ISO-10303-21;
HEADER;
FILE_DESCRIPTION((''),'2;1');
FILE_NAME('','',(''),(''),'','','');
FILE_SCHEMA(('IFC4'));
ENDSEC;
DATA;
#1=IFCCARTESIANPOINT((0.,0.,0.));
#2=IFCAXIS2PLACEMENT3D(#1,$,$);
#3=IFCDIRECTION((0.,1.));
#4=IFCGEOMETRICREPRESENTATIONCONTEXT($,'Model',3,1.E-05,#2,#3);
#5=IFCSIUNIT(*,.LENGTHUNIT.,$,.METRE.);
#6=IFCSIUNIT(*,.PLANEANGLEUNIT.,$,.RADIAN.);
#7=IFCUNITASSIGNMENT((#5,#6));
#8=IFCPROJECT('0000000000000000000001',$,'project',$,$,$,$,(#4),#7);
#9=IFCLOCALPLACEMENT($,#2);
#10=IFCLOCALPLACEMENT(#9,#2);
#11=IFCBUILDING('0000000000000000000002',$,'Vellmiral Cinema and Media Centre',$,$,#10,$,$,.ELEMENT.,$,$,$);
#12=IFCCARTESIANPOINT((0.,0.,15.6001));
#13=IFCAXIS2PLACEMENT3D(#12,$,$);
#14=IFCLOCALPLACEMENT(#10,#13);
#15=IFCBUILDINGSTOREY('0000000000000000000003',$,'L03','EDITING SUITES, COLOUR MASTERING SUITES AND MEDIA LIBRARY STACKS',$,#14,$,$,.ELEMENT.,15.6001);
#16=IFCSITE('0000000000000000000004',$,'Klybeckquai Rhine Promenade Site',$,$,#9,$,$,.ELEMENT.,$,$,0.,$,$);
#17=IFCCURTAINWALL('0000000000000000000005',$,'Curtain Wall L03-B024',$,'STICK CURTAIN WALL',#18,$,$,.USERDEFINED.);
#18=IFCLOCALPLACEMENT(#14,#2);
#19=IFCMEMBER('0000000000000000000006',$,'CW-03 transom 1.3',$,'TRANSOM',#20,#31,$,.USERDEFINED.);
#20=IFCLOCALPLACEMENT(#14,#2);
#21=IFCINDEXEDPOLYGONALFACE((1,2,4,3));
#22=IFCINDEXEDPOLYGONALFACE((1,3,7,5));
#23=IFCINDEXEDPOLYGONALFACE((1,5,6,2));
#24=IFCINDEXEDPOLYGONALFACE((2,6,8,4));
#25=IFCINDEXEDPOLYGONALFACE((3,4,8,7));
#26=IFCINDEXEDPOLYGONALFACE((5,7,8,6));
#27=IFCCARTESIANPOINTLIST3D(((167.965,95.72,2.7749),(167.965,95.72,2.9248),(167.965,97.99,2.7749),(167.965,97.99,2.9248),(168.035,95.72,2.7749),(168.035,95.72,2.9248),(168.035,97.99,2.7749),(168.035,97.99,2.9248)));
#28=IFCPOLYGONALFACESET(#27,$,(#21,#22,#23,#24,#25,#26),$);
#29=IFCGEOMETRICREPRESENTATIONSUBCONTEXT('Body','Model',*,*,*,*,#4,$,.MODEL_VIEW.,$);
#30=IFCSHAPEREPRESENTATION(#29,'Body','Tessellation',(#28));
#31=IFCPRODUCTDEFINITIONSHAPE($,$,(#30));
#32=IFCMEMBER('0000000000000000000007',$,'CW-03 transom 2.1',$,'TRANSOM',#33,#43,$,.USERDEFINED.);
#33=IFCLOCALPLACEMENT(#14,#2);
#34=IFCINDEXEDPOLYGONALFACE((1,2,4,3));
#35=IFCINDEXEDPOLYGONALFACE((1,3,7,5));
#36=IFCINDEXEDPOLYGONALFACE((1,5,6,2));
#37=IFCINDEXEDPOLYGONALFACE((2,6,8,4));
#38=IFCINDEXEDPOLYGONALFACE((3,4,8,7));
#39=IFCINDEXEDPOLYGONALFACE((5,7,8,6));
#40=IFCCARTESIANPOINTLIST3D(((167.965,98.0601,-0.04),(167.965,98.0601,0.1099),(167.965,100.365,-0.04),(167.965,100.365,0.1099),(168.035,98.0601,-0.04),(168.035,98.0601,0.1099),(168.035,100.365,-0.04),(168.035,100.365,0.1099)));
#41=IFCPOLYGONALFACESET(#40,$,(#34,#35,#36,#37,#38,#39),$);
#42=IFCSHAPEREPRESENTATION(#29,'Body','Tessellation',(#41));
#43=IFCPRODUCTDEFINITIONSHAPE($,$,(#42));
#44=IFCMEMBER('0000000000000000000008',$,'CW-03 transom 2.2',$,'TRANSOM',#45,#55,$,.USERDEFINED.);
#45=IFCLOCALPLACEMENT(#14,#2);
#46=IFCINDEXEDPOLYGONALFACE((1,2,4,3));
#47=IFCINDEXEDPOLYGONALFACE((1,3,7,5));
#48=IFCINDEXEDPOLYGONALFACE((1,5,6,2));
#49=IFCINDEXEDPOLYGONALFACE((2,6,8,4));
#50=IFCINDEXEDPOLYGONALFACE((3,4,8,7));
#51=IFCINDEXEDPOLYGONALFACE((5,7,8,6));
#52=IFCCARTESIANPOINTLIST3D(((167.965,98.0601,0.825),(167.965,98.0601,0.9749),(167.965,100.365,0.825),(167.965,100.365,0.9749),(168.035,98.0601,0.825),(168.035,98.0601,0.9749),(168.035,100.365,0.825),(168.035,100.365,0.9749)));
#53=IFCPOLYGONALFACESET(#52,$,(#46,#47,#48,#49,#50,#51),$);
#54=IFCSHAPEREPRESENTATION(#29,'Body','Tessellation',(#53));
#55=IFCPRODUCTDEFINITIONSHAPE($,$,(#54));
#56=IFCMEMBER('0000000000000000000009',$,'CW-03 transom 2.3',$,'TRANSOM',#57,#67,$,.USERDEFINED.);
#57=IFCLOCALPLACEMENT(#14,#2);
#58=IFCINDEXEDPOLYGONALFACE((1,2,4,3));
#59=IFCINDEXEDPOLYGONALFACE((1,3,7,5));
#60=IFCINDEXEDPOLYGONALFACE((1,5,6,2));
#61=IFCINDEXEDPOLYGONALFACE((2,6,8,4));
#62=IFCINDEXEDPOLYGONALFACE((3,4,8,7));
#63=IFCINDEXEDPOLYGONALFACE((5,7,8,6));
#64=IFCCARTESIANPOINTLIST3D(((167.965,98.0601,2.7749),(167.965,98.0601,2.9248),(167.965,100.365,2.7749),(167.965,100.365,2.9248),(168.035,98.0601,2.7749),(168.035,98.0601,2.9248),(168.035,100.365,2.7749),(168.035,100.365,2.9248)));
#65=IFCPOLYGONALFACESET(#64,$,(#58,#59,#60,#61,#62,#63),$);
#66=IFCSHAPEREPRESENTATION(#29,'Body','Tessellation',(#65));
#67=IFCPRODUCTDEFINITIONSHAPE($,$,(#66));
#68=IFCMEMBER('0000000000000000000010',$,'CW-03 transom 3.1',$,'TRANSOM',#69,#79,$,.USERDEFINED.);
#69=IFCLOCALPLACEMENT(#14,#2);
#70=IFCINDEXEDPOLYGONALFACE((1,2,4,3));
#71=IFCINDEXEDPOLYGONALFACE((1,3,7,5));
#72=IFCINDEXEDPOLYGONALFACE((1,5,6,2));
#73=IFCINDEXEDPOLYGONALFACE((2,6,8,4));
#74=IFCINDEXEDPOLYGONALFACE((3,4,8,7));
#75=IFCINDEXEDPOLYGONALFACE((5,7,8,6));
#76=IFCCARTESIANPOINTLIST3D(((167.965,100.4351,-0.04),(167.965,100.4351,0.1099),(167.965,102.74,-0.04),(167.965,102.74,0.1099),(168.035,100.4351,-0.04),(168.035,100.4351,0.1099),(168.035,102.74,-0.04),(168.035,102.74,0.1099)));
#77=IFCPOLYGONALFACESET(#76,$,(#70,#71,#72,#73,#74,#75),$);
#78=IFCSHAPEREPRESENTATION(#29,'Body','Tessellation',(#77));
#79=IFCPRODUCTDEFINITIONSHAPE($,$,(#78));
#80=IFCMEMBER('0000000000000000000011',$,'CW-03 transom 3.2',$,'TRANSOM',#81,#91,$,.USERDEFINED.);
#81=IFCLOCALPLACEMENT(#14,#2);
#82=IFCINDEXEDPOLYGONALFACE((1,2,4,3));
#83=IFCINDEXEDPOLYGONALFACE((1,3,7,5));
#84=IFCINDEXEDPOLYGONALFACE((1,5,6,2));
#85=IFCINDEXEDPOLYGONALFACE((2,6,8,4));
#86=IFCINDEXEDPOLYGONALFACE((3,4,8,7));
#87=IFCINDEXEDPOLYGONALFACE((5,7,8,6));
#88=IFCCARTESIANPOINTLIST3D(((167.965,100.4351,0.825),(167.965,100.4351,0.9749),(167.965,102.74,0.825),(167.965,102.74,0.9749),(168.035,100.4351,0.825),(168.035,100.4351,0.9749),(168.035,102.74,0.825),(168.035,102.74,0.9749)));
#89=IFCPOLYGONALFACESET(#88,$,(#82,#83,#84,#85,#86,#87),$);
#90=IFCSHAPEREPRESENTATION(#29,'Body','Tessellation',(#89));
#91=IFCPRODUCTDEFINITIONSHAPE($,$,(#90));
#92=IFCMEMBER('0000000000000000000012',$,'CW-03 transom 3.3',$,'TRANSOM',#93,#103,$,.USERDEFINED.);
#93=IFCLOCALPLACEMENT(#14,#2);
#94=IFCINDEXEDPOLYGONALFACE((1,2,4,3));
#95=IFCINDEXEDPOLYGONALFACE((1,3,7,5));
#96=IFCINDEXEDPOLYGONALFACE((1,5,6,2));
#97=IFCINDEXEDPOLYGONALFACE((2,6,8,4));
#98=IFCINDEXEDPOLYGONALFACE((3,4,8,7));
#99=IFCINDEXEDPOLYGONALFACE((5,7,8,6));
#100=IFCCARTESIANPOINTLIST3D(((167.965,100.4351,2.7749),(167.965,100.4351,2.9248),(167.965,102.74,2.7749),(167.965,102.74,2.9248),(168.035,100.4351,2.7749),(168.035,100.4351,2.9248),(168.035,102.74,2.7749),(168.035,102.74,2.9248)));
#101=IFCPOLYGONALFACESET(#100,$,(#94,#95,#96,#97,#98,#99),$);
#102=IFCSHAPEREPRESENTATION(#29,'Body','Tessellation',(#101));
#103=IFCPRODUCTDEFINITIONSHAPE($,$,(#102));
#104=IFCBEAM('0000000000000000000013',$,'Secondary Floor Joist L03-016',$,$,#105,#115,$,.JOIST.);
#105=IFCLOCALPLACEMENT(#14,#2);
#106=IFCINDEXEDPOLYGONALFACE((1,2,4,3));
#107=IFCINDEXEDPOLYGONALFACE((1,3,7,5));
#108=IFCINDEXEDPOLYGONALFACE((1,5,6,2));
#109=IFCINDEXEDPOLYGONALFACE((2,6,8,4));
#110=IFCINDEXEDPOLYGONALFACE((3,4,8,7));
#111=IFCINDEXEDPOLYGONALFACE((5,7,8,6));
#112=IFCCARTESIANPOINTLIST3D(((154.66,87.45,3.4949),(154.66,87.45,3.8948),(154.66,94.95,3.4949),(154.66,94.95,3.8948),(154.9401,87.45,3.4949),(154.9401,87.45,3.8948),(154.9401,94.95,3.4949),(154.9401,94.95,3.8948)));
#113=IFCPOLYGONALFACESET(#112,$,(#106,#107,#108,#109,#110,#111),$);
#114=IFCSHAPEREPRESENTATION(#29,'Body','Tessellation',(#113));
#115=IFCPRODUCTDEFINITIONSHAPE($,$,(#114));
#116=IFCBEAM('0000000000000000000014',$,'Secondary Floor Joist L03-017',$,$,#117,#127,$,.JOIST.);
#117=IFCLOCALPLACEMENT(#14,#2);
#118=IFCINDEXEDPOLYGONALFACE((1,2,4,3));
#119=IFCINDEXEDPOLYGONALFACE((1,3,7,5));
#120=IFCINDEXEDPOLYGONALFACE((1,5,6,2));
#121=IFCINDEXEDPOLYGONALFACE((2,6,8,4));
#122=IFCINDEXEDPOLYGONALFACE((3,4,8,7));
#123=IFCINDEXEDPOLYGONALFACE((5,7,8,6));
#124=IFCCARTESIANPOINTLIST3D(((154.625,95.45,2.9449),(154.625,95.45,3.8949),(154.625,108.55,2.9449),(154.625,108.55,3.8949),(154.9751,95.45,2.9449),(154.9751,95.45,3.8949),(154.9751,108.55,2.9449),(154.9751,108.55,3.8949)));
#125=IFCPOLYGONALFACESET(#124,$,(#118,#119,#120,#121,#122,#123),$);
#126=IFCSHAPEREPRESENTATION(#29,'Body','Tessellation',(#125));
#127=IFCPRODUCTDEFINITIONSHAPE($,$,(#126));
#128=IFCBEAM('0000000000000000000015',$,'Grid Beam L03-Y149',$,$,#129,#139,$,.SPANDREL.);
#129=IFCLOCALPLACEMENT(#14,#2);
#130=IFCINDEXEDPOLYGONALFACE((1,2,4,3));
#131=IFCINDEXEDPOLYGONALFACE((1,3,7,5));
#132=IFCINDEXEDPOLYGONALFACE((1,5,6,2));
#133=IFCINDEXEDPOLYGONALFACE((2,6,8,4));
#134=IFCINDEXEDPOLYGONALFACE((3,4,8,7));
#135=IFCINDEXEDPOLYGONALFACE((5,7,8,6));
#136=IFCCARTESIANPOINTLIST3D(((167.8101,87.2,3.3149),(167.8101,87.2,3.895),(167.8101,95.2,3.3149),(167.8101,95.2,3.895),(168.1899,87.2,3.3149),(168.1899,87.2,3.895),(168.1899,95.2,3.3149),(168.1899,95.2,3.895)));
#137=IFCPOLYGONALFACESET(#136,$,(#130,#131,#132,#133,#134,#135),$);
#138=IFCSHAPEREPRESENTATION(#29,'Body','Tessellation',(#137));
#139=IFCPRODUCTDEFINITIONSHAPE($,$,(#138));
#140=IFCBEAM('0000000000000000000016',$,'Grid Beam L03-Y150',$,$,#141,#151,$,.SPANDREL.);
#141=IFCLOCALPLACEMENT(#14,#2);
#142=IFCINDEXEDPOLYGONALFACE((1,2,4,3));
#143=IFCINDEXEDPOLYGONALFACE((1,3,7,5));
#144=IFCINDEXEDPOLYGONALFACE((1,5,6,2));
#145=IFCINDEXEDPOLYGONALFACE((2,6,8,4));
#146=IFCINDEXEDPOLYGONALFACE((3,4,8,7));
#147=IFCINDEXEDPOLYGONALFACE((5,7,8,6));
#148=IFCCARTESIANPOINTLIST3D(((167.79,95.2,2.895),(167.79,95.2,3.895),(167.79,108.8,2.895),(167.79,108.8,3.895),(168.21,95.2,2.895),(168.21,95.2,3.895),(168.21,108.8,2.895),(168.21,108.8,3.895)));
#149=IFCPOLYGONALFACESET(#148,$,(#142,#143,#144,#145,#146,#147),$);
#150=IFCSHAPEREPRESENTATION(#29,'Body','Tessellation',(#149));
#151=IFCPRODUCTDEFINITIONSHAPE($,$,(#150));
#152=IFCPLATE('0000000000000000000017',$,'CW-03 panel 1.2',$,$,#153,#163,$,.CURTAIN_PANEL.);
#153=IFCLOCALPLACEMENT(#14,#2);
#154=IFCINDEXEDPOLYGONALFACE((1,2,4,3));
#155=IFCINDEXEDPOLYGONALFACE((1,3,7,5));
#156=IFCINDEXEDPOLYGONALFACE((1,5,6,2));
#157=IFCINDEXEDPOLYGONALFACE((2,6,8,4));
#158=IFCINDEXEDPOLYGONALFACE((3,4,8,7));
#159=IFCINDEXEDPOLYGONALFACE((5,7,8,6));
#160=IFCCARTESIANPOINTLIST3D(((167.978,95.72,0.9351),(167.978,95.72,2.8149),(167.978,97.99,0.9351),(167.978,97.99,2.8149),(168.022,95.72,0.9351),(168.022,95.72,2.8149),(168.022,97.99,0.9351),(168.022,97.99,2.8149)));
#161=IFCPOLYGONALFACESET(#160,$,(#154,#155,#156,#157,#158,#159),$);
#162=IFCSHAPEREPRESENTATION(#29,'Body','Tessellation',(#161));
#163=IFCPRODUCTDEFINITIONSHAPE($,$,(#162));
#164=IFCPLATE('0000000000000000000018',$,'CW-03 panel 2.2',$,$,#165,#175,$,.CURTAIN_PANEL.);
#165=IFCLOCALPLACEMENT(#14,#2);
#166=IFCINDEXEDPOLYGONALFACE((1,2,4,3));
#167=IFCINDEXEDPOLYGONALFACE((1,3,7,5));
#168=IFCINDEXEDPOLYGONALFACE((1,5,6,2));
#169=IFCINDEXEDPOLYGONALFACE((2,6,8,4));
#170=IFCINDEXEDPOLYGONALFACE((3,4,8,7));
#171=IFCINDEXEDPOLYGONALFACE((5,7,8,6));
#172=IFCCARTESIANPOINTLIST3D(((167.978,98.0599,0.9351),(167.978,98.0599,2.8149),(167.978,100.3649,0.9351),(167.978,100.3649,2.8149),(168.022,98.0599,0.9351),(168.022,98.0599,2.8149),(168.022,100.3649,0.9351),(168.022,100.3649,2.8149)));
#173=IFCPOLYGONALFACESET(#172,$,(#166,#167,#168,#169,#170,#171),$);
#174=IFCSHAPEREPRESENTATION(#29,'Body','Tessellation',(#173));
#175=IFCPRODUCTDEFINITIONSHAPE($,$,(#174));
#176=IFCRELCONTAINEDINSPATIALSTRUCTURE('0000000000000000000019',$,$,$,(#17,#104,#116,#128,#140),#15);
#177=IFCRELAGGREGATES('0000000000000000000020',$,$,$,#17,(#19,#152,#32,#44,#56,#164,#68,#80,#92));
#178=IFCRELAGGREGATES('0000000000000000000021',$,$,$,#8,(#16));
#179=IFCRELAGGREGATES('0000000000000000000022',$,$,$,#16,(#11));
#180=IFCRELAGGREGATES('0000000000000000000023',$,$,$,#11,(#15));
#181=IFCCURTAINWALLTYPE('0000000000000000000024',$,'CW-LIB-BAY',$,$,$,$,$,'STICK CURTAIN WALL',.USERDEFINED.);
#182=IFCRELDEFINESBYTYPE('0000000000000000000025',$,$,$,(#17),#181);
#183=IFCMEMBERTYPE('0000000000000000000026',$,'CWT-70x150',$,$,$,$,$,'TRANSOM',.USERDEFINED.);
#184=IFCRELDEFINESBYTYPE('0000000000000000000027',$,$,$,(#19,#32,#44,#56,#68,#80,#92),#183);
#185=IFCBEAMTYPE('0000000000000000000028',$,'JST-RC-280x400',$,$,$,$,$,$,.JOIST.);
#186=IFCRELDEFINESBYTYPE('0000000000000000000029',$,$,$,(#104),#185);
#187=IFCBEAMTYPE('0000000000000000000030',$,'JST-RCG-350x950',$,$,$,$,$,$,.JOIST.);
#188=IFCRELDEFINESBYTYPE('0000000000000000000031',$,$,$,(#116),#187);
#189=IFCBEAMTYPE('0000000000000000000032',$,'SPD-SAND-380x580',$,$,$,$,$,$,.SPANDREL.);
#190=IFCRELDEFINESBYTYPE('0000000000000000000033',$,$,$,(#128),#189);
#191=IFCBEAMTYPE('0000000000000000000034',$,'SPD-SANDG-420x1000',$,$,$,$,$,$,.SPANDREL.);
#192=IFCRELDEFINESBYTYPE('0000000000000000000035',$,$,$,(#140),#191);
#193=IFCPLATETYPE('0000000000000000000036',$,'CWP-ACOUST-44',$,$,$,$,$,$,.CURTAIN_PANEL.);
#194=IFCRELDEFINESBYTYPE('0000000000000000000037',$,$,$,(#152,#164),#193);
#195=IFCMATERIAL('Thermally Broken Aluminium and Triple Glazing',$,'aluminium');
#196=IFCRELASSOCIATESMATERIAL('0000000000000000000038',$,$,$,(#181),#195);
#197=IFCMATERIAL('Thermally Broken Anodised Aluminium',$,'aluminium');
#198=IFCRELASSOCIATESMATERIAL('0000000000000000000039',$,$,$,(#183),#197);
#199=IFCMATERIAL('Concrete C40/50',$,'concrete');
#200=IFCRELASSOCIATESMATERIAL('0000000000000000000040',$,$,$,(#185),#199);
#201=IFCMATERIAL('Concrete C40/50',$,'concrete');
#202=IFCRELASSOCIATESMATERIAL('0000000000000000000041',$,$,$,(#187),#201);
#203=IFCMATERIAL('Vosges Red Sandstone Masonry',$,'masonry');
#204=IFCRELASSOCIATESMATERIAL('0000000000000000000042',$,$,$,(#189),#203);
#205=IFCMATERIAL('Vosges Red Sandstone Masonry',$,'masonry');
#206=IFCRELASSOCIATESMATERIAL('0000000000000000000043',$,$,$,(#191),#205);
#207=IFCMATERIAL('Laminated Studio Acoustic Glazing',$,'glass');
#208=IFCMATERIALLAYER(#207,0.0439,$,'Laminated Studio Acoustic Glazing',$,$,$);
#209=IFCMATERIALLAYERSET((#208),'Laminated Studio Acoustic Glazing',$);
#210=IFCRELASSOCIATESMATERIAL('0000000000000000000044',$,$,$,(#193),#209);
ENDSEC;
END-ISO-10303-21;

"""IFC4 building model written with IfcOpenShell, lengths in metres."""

from ifc_helpers import new_model, si_unit, direction, frame, origin, origin_2d, place, context, subcontext, project, spatial, rectangle, extrude, material, layer, layer_set, material_profile, profile_set, type_object, element, aggregate, save


model = new_model("IFC4")

# Units and contexts
model_context = context("Model", 3, precision=1e-05, world=origin(), true_north=direction((0.0, 1.0)))
body_context = subcontext(model_context, "Body", "Model", "MODEL_VIEW")
ifc_project = project(units=[si_unit("LENGTHUNIT", "METRE"), si_unit("PLANEANGLEUNIT", "RADIAN")], contexts=[model_context])

# Site, building, storey
site_placement = place(None, origin())
site = spatial("IfcSite", under=ifc_project, at=site_placement, Name="Klybeckquai Rhine Promenade Site", CompositionType="ELEMENT", RefElevation=0.0)
building_placement = place(site_placement, origin())
building = spatial("IfcBuilding", under=site, at=building_placement, Name="Vellmiral Cinema and Media Centre", CompositionType="ELEMENT")
storey_placement = place(building_placement, frame((0.0, 0.0, 15.6001)))
storey = spatial("IfcBuildingStorey", under=building, at=storey_placement, Name="L03", Description="EDITING SUITES, COLOUR MASTERING SUITES AND MEDIA LIBRARY STACKS", CompositionType="ELEMENT", Elevation=15.6001)

# Curtain wall, members
ifc_material_1 = material(Name="Thermally Broken Aluminium and Triple Glazing", Category="aluminium")
curtain_wall_type = type_object("IfcCurtainWallType", Name="CW-LIB-BAY", ElementType="STICK CURTAIN WALL", PredefinedType="USERDEFINED", material=ifc_material_1)
curtain_wall_placement = place(storey_placement, origin())
curtain_wall = element("IfcCurtainWall", 1, at=curtain_wall_placement, inside=storey, type_object=curtain_wall_type, Name="Curtain Wall L03-B024", ObjectType="STICK CURTAIN WALL", PredefinedType="USERDEFINED")
ifc_material_2 = material(Name="Thermally Broken Anodised Aluminium", Category="aluminium")
ifc_material_profile_1 = material_profile(ifc_material_2, rectangle(XDim=0.0701, YDim=0.1499, at=origin_2d()), Name="MULL 70x150")
ifc_profile_set_1 = profile_set([ifc_material_profile_1], Name="Thermally Broken Anodised Aluminium")
member_type_1 = type_object("IfcMemberType", Name="CWT-70x150", ElementType="TRANSOM", PredefinedType="USERDEFINED", material=ifc_profile_set_1)
member_1_placement = place(storey_placement, frame((168.0, 95.72, 2.8499), z_axis=(0.0, 1.0, 0.0), x_axis=(-1.0, 0.0, 0.0)))
member_1 = element("IfcMember", 2, at=member_1_placement, type_object=member_type_1, Name="CW-03 transom 1.3", ObjectType="TRANSOM", PredefinedType="USERDEFINED", context=body_context, shape_type="SweptSolid", body=[
    extrude(rectangle(XDim=0.0701, YDim=0.1499, at=origin_2d()), origin(), (0.0, 0.0, 1.0), 2.27),
])
member_2_placement = place(storey_placement, frame((168.0, 98.0601, 0.0349), z_axis=(0.0, 1.0, 0.0), x_axis=(-1.0, 0.0, 0.0)))
member_2 = element("IfcMember", 3, at=member_2_placement, type_object=member_type_1, Name="CW-03 transom 2.1", ObjectType="TRANSOM", PredefinedType="USERDEFINED", context=body_context, shape_type="SweptSolid", body=[
    extrude(rectangle(XDim=0.0701, YDim=0.1499, at=origin_2d()), origin(), (0.0, 0.0, 1.0), 2.3049),
])
member_3_placement = place(storey_placement, frame((168.0, 98.0601, 0.8999), z_axis=(0.0, 1.0, 0.0), x_axis=(-1.0, 0.0, 0.0)))
member_3 = element("IfcMember", 4, at=member_3_placement, type_object=member_type_1, Name="CW-03 transom 2.2", ObjectType="TRANSOM", PredefinedType="USERDEFINED", context=body_context, shape_type="SweptSolid", body=[
    extrude(rectangle(XDim=0.0701, YDim=0.1499, at=origin_2d()), origin(), (0.0, 0.0, 1.0), 2.3049),
])
member_4_placement = place(storey_placement, frame((168.0, 98.0601, 2.8499), z_axis=(0.0, 1.0, 0.0), x_axis=(-1.0, 0.0, 0.0)))
member_4 = element("IfcMember", 5, at=member_4_placement, type_object=member_type_1, Name="CW-03 transom 2.3", ObjectType="TRANSOM", PredefinedType="USERDEFINED", context=body_context, shape_type="SweptSolid", body=[
    extrude(rectangle(XDim=0.0701, YDim=0.1499, at=origin_2d()), origin(), (0.0, 0.0, 1.0), 2.3049),
])
member_5_placement = place(storey_placement, frame((168.0, 100.4351, 0.0349), z_axis=(0.0, 1.0, 0.0), x_axis=(-1.0, 0.0, 0.0)))
member_5 = element("IfcMember", 6, at=member_5_placement, type_object=member_type_1, Name="CW-03 transom 3.1", ObjectType="TRANSOM", PredefinedType="USERDEFINED", context=body_context, shape_type="SweptSolid", body=[
    extrude(rectangle(XDim=0.0701, YDim=0.1499, at=origin_2d()), origin(), (0.0, 0.0, 1.0), 2.3049),
])
member_6_placement = place(storey_placement, frame((168.0, 100.4351, 0.8999), z_axis=(0.0, 1.0, 0.0), x_axis=(-1.0, 0.0, 0.0)))
member_6 = element("IfcMember", 7, at=member_6_placement, type_object=member_type_1, Name="CW-03 transom 3.2", ObjectType="TRANSOM", PredefinedType="USERDEFINED", context=body_context, shape_type="SweptSolid", body=[
    extrude(rectangle(XDim=0.0701, YDim=0.1499, at=origin_2d()), origin(), (0.0, 0.0, 1.0), 2.3049),
])
member_7_placement = place(storey_placement, frame((168.0, 100.4351, 2.8499), z_axis=(0.0, 1.0, 0.0), x_axis=(-1.0, 0.0, 0.0)))
member_7 = element("IfcMember", 8, at=member_7_placement, type_object=member_type_1, Name="CW-03 transom 3.3", ObjectType="TRANSOM", PredefinedType="USERDEFINED", context=body_context, shape_type="SweptSolid", body=[
    extrude(rectangle(XDim=0.0701, YDim=0.1499, at=origin_2d()), origin(), (0.0, 0.0, 1.0), 2.3049),
])

# Beams
ifc_material_3 = material(Name="Concrete C40/50", Category="concrete")
ifc_material_profile_2 = material_profile(ifc_material_3, rectangle(XDim=0.28, YDim=0.3999, at=origin_2d()), Name="RC 280x400")
ifc_profile_set_2 = profile_set([ifc_material_profile_2], Name="Concrete C40/50")
beam_type_1 = type_object("IfcBeamType", Name="JST-RC-280x400", PredefinedType="JOIST", material=ifc_profile_set_2)
beam_1_placement = place(storey_placement, frame((154.8, 87.45, 3.6948), z_axis=(0.0, 1.0, 0.0), x_axis=(-1.0, 0.0, 0.0)))
element("IfcBeam", 9, at=beam_1_placement, inside=storey, type_object=beam_type_1, Name="Secondary Floor Joist L03-016", PredefinedType="JOIST", context=body_context, shape_type="SweptSolid", body=[
    extrude(rectangle(XDim=0.28, YDim=0.3999, at=origin_2d()), origin(), (0.0, 0.0, 1.0), 7.5),
])
ifc_material_4 = material(Name="Concrete C40/50", Category="concrete")
ifc_material_profile_3 = material_profile(ifc_material_4, rectangle(XDim=0.3501, YDim=0.95, at=origin_2d()), Name="RC 350x950")
ifc_profile_set_3 = profile_set([ifc_material_profile_3], Name="Concrete C40/50")
beam_type_2 = type_object("IfcBeamType", Name="JST-RCG-350x950", PredefinedType="JOIST", material=ifc_profile_set_3)
beam_2_placement = place(storey_placement, frame((154.8, 95.45, 3.4199), z_axis=(0.0, 1.0, 0.0), x_axis=(-1.0, 0.0, 0.0)))
element("IfcBeam", 10, at=beam_2_placement, inside=storey, type_object=beam_type_2, Name="Secondary Floor Joist L03-017", PredefinedType="JOIST", context=body_context, shape_type="SweptSolid", body=[
    extrude(rectangle(XDim=0.3501, YDim=0.95, at=origin_2d()), origin(), (0.0, 0.0, 1.0), 13.1001),
])
ifc_material_5 = material(Name="Vosges Red Sandstone Masonry", Category="masonry")
ifc_material_profile_4 = material_profile(ifc_material_5, rectangle(XDim=0.3799, YDim=0.5801, at=origin_2d()), Name="SAND 380x580")
ifc_profile_set_4 = profile_set([ifc_material_profile_4], Name="Vosges Red Sandstone Masonry")
beam_type_3 = type_object("IfcBeamType", Name="SPD-SAND-380x580", PredefinedType="SPANDREL", material=ifc_profile_set_4)
beam_3_placement = place(storey_placement, frame((168.0, 87.2, 3.605), z_axis=(0.0, 1.0, 0.0), x_axis=(-1.0, 0.0, 0.0)))
element("IfcBeam", 11, at=beam_3_placement, inside=storey, type_object=beam_type_3, Name="Grid Beam L03-Y149", PredefinedType="SPANDREL", context=body_context, shape_type="SweptSolid", body=[
    extrude(rectangle(XDim=0.3799, YDim=0.5801, at=origin_2d()), origin(), (0.0, 0.0, 1.0), 8.0),
])
ifc_material_6 = material(Name="Vosges Red Sandstone Masonry", Category="masonry")
ifc_material_profile_5 = material_profile(ifc_material_6, rectangle(XDim=0.4199, YDim=1.0, at=origin_2d()), Name="SAND 420x1000")
ifc_profile_set_5 = profile_set([ifc_material_profile_5], Name="Vosges Red Sandstone Masonry")
beam_type_4 = type_object("IfcBeamType", Name="SPD-SANDG-420x1000", PredefinedType="SPANDREL", material=ifc_profile_set_5)
beam_4_placement = place(storey_placement, frame((168.0, 95.2, 3.395), z_axis=(0.0, 1.0, 0.0), x_axis=(-1.0, 0.0, 0.0)))
element("IfcBeam", 12, at=beam_4_placement, inside=storey, type_object=beam_type_4, Name="Grid Beam L03-Y150", PredefinedType="SPANDREL", context=body_context, shape_type="SweptSolid", body=[
    extrude(rectangle(XDim=0.4199, YDim=1.0, at=origin_2d()), origin(), (0.0, 0.0, 1.0), 13.6001),
])

# Plates
ifc_material_7 = material(Name="Laminated Studio Acoustic Glazing", Category="glass")
ifc_layer_1 = layer(ifc_material_7, 0.0439, Name="Laminated Studio Acoustic Glazing")
ifc_layer_set_1 = layer_set([ifc_layer_1], Name="Laminated Studio Acoustic Glazing")
plate_type_1 = type_object("IfcPlateType", Name="CWP-ACOUST-44", PredefinedType="CURTAIN_PANEL", material=ifc_layer_set_1)
plate_1_placement = place(storey_placement, frame((168.0, 96.855, 0.9351), z_axis=(0.0, 0.0, 1.0), x_axis=(0.0, 1.0, 0.0)))
plate_1 = element("IfcPlate", 13, at=plate_1_placement, type_object=plate_type_1, Name="CW-03 panel 1.2", PredefinedType="CURTAIN_PANEL", context=body_context, shape_type="SweptSolid", body=[
    extrude(rectangle(XDim=2.27, YDim=0.0439, at=origin_2d()), origin(), (0.0, 0.0, 1.0), 1.8799),
])
plate_2_placement = place(storey_placement, frame((168.0, 99.2124, 0.9351), z_axis=(0.0, 0.0, 1.0), x_axis=(0.0, 1.0, 0.0)))
plate_2 = element("IfcPlate", 14, at=plate_2_placement, type_object=plate_type_1, Name="CW-03 panel 2.2", PredefinedType="CURTAIN_PANEL", context=body_context, shape_type="SweptSolid", body=[
    extrude(rectangle(XDim=2.3049, YDim=0.0439, at=origin_2d()), origin(), (0.0, 0.0, 1.0), 1.8799),
])
aggregate(curtain_wall, [member_1, plate_1, member_2, member_3, member_4, plate_2, member_5, member_6, member_7])

save(model, "model.ifc")
